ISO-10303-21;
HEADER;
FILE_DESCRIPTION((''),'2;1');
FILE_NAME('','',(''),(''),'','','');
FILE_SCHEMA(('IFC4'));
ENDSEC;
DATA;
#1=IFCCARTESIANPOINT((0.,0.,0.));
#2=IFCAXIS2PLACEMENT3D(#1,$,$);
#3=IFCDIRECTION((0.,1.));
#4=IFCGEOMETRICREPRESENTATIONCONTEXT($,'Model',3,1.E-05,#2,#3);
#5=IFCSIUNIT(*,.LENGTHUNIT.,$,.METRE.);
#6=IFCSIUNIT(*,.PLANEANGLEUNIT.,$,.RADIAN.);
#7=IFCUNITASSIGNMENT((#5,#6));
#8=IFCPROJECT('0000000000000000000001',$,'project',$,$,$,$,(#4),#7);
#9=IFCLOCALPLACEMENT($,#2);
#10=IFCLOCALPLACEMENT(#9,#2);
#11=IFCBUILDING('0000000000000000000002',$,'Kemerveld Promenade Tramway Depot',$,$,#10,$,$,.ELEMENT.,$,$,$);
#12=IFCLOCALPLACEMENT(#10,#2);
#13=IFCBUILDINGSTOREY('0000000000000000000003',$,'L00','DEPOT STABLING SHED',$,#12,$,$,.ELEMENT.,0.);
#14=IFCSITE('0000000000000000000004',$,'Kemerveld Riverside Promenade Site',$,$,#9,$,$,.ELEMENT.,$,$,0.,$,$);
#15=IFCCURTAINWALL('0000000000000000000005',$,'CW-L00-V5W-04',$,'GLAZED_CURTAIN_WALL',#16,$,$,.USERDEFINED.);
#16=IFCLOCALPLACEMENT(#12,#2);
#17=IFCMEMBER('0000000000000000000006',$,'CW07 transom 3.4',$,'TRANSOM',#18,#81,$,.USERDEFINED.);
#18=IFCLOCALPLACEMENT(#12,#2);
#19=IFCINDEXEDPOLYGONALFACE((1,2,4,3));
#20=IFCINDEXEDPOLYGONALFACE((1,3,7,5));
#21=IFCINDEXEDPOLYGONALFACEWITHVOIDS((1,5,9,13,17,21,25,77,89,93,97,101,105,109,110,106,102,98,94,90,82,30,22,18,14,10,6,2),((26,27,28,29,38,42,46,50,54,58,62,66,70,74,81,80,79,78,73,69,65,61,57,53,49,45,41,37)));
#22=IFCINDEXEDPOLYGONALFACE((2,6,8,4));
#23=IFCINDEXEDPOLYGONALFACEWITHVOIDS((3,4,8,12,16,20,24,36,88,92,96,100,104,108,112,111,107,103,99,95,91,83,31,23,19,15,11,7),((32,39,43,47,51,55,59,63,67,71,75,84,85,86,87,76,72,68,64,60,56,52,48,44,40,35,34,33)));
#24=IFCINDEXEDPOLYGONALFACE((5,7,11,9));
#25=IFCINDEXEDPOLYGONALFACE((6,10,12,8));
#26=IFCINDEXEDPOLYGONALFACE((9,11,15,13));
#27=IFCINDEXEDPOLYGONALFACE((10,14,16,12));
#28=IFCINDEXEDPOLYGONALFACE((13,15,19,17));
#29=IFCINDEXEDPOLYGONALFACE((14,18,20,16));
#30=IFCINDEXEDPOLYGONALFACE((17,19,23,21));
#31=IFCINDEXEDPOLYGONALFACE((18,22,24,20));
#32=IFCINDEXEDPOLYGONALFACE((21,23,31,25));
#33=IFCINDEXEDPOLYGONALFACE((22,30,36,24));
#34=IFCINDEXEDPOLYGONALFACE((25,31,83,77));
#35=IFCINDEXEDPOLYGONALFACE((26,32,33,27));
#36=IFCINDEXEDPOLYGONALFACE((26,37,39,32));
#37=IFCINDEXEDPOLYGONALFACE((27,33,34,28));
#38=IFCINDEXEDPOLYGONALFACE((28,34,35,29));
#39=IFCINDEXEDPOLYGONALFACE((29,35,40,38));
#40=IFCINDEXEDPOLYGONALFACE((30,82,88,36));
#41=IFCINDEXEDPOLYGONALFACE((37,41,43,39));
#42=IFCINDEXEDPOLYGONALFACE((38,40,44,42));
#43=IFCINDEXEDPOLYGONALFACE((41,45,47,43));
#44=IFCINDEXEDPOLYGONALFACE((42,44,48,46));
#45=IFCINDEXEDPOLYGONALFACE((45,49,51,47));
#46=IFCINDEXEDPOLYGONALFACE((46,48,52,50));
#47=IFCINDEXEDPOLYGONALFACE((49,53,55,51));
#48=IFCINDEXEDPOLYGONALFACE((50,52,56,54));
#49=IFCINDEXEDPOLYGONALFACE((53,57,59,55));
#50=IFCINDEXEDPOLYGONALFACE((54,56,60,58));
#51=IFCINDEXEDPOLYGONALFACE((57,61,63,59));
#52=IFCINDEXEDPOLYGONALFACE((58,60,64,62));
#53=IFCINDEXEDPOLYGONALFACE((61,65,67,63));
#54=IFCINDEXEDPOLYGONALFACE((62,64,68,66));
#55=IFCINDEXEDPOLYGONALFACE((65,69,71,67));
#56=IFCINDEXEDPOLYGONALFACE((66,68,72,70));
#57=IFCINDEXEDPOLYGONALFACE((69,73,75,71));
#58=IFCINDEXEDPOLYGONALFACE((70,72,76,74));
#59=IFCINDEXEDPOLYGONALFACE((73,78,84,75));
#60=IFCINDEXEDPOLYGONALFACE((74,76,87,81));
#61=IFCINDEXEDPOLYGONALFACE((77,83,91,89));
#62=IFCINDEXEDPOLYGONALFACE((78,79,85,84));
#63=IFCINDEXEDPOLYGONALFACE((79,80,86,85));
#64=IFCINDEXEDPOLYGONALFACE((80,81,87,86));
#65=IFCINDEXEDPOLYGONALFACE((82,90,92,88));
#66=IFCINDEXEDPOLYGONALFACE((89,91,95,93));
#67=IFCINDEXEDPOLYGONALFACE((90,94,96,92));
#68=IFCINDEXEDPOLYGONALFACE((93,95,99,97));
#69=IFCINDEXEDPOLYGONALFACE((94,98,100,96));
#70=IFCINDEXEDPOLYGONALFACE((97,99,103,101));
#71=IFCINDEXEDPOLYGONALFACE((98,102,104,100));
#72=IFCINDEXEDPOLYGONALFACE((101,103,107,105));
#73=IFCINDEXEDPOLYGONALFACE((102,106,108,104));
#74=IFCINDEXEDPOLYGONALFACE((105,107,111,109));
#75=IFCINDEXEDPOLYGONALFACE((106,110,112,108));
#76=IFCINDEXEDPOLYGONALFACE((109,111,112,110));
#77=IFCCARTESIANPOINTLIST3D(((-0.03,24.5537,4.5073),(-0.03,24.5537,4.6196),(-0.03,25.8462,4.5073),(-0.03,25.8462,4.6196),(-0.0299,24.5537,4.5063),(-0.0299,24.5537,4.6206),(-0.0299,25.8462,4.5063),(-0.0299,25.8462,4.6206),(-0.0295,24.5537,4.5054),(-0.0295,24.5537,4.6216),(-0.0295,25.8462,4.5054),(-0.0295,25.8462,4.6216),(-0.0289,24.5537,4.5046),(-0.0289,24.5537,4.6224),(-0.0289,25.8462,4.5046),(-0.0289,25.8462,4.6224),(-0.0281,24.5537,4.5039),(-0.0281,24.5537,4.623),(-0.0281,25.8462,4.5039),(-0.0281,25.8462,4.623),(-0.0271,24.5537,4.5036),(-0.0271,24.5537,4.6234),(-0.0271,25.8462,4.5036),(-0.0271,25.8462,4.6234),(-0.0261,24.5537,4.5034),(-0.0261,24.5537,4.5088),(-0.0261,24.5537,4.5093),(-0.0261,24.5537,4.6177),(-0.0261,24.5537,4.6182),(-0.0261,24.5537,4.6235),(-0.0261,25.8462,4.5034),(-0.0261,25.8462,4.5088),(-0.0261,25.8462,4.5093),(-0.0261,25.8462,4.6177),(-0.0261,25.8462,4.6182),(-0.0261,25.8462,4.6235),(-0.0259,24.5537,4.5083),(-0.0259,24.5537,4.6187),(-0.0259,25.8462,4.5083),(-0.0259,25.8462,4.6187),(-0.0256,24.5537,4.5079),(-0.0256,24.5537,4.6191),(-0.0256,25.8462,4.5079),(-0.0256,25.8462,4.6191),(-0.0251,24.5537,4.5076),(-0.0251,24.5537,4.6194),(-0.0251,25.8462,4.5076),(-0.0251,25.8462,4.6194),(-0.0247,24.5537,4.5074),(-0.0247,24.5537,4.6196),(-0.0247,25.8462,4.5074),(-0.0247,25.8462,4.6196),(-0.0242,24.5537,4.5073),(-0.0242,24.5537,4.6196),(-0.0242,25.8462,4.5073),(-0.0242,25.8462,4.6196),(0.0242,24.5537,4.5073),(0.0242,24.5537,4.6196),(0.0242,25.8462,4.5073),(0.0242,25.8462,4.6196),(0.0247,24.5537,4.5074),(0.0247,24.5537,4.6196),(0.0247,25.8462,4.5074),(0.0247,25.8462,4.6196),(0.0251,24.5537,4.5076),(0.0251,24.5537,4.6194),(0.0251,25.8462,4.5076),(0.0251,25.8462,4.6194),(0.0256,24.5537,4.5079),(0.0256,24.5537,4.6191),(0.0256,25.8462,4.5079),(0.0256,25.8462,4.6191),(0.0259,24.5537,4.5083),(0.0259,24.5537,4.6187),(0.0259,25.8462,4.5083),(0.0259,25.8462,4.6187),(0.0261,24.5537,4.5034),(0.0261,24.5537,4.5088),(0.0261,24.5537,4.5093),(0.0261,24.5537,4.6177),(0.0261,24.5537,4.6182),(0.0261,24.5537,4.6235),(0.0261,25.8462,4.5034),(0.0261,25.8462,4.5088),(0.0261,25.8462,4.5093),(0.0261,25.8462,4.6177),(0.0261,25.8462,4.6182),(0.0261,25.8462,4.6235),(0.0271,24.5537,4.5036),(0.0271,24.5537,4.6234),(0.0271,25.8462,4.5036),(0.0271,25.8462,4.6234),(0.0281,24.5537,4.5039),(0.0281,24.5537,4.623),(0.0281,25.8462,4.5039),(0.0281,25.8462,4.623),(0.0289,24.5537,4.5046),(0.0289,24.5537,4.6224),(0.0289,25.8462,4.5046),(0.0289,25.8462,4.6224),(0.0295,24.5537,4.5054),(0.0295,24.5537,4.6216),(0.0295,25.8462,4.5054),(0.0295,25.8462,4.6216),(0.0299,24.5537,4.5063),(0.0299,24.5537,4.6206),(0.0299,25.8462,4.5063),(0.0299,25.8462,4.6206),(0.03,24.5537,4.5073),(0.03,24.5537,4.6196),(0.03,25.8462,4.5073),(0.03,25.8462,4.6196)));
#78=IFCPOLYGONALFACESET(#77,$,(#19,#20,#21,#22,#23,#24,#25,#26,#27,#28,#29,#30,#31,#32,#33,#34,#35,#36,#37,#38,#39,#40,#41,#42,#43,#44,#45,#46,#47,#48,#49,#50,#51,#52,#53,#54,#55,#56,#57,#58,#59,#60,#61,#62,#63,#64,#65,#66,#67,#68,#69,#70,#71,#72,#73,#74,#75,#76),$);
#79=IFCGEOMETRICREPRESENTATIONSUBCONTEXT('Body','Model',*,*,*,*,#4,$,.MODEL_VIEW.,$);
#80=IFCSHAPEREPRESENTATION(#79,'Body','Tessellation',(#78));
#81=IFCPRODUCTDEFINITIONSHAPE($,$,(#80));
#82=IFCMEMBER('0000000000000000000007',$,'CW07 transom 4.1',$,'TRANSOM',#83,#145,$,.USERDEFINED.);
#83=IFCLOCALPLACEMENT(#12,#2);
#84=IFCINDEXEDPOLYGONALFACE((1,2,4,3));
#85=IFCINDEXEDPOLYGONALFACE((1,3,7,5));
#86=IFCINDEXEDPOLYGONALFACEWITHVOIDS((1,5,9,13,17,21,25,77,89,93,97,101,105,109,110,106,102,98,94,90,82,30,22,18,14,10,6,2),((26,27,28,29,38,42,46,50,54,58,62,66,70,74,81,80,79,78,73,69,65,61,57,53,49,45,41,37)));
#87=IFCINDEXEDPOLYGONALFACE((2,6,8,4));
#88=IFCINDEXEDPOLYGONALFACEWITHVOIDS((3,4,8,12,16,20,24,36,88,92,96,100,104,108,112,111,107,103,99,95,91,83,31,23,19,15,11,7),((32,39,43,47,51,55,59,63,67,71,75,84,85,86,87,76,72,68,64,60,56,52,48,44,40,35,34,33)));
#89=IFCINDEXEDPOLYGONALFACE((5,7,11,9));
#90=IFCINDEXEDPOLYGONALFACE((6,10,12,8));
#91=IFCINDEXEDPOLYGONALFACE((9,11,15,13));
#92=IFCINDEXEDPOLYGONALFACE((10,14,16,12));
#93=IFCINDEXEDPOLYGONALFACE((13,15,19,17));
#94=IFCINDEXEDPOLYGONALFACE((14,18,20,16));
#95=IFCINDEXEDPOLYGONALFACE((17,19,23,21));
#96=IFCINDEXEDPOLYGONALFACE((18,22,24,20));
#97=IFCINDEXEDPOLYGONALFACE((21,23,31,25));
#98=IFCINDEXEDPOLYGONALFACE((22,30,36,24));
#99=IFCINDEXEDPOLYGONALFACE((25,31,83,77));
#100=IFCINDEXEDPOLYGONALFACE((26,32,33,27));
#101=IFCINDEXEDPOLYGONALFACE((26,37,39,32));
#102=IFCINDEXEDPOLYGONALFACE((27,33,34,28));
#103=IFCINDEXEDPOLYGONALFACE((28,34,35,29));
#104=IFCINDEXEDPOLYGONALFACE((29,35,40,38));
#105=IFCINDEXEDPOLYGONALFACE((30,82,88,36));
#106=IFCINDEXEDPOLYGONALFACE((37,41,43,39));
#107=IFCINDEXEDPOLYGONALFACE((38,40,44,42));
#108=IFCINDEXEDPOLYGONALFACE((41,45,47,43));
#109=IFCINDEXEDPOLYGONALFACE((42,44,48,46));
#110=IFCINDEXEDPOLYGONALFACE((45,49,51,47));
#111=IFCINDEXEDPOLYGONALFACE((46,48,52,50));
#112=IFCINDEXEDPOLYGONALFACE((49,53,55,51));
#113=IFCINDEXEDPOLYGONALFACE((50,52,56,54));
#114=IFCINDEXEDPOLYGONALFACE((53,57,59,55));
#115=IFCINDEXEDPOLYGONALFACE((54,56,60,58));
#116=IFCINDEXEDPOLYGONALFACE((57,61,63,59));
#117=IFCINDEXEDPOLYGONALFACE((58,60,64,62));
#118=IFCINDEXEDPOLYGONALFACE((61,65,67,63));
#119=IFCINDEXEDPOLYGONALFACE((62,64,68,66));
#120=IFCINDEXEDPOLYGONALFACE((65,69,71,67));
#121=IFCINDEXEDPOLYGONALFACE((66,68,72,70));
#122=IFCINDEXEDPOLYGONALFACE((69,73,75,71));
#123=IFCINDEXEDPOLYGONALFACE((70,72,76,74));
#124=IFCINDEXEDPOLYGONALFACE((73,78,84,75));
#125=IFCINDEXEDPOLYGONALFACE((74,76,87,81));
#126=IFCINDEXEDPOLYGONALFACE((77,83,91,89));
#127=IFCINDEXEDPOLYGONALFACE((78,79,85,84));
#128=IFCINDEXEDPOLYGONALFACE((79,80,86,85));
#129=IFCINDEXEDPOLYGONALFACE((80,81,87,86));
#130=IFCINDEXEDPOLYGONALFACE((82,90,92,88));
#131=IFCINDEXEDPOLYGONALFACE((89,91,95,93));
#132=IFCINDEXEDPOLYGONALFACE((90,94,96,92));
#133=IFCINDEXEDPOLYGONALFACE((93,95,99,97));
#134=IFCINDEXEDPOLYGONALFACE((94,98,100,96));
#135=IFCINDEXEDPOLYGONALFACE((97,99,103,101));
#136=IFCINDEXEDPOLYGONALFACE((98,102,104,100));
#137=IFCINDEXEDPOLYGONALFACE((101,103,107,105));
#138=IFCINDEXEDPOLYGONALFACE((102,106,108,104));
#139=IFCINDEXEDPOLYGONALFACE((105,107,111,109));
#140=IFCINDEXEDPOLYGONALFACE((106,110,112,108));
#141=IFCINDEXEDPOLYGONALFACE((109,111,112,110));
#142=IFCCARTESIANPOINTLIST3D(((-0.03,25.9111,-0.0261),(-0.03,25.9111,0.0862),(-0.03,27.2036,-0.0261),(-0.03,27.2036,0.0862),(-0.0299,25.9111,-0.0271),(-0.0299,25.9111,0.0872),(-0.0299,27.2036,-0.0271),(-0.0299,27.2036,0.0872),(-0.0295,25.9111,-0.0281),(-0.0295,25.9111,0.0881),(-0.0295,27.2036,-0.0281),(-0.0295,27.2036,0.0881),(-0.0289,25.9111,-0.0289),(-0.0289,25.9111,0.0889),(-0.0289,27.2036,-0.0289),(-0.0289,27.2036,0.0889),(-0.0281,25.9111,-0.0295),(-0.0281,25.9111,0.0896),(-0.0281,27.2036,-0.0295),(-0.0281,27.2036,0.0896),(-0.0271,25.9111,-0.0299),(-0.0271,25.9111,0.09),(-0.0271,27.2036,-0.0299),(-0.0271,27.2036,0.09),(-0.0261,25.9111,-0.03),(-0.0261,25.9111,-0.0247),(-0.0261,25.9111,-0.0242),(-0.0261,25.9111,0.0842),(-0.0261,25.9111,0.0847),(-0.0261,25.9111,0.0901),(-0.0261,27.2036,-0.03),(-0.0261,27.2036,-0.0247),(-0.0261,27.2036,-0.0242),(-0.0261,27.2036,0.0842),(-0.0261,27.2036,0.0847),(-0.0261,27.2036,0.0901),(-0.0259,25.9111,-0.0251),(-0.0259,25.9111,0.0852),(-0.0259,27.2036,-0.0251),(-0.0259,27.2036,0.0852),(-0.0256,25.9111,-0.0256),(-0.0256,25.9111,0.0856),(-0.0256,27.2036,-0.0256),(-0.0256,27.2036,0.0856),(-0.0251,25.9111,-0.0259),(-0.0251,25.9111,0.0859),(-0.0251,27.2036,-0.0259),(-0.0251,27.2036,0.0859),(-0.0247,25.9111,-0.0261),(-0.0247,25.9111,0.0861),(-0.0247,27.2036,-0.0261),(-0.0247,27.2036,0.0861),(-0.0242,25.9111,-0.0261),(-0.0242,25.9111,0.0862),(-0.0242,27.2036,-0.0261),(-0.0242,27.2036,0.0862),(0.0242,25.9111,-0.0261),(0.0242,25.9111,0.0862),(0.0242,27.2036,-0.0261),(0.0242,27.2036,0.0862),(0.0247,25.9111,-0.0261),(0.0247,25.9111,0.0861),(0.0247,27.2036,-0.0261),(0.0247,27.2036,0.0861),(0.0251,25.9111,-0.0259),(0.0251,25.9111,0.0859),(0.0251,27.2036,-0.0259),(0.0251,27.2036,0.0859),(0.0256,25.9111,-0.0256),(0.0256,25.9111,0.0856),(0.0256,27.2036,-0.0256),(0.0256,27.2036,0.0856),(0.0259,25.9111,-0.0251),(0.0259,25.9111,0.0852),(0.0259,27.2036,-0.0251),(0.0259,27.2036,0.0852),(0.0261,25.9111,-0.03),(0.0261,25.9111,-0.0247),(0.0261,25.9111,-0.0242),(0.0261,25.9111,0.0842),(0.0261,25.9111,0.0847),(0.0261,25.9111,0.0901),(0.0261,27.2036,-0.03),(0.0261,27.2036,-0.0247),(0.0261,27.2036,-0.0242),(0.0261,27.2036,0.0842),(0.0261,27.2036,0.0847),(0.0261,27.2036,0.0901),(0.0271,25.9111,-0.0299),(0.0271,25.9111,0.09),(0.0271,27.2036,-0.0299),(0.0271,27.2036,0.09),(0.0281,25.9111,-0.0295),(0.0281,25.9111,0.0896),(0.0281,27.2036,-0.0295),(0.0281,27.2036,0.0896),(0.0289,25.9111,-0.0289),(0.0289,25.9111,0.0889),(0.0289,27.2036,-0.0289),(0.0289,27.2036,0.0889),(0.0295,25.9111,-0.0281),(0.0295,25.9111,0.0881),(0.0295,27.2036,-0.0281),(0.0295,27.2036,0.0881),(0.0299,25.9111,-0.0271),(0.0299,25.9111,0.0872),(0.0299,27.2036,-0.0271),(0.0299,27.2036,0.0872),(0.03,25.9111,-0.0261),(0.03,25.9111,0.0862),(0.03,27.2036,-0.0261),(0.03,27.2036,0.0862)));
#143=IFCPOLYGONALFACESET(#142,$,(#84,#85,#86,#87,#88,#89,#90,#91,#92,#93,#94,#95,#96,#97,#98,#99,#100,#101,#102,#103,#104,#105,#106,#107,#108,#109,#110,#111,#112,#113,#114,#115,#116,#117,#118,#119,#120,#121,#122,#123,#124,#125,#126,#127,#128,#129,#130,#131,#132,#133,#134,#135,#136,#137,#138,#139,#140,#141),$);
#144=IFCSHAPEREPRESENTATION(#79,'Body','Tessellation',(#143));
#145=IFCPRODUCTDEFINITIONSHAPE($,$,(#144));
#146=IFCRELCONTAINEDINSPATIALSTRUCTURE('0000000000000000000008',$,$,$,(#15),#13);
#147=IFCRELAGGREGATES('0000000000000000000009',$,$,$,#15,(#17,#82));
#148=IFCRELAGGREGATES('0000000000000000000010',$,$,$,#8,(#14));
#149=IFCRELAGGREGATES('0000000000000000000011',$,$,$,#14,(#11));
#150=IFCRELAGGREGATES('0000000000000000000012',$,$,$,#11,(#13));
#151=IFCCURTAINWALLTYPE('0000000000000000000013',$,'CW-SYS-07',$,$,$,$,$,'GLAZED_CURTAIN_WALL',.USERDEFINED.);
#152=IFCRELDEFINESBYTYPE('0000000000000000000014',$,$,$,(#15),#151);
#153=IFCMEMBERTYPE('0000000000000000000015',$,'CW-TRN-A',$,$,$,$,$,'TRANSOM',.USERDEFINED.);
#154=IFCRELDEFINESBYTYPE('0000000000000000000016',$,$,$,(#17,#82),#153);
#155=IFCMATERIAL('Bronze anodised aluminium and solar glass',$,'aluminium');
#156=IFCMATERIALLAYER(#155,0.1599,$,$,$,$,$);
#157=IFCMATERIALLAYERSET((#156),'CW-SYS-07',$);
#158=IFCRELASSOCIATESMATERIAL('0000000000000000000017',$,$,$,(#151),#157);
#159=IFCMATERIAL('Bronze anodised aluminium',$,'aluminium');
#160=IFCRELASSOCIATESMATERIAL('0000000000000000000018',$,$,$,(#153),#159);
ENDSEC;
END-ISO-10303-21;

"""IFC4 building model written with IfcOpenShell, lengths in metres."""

from ifc_helpers import new_model, si_unit, direction, frame, origin, origin_2d, place, context, subcontext, project, spatial, hollow_rectangle, extrude, material, layer, layer_set, material_profile, profile_set, type_object, element, aggregate, save


model = new_model("IFC4")

# Units and contexts
model_context = context("Model", 3, precision=1e-05, world=origin(), true_north=direction((0.0, 1.0)))
body_context = subcontext(model_context, "Body", "Model", "MODEL_VIEW")
ifc_project = project(units=[si_unit("LENGTHUNIT", "METRE"), si_unit("PLANEANGLEUNIT", "RADIAN")], contexts=[model_context])

# Site, building, storey
site_placement = place(None, origin())
site = spatial("IfcSite", under=ifc_project, at=site_placement, Name="Kemerveld Riverside Promenade Site", CompositionType="ELEMENT", RefElevation=0.0)
building_placement = place(site_placement, origin())
building = spatial("IfcBuilding", under=site, at=building_placement, Name="Kemerveld Promenade Tramway Depot", CompositionType="ELEMENT")
storey_placement = place(building_placement, origin())
storey = spatial("IfcBuildingStorey", under=building, at=storey_placement, Name="L00", Description="DEPOT STABLING SHED", CompositionType="ELEMENT", Elevation=0.0)

# Curtain wall, members
ifc_material_1 = material(Name="Bronze anodised aluminium and solar glass", Category="aluminium")
ifc_layer_1 = layer(ifc_material_1, 0.1599)
ifc_layer_set_1 = layer_set([ifc_layer_1], Name="CW-SYS-07")
curtain_wall_type = type_object("IfcCurtainWallType", Name="CW-SYS-07", ElementType="GLAZED_CURTAIN_WALL", PredefinedType="USERDEFINED", material=ifc_layer_set_1)
curtain_wall_placement = place(storey_placement, origin())
curtain_wall = element("IfcCurtainWall", 1, at=curtain_wall_placement, inside=storey, type_object=curtain_wall_type, Name="CW-L00-V5W-04", ObjectType="GLAZED_CURTAIN_WALL", PredefinedType="USERDEFINED")
ifc_material_2 = material(Name="Bronze anodised aluminium", Category="aluminium")
ifc_material_profile_1 = material_profile(ifc_material_2, hollow_rectangle(XDim=0.0601, YDim=0.1201, WallThickness=0.0039, InnerFilletRadius=0.002, OuterFilletRadius=0.0039, at=origin_2d()), Name="CW-TRN-120x60")
ifc_profile_set_1 = profile_set([ifc_material_profile_1], Name="Bronze anodised aluminium")
member_type_1 = type_object("IfcMemberType", Name="CW-TRN-A", ElementType="TRANSOM", PredefinedType="USERDEFINED", material=ifc_profile_set_1)
member_1_placement = place(storey_placement, frame((0.0, 24.5537, 4.5635), z_axis=(0.0, 1.0, 0.0), x_axis=(-1.0, 0.0, 0.0)))
member_1 = element("IfcMember", 2, at=member_1_placement, type_object=member_type_1, Name="CW07 transom 3.4", ObjectType="TRANSOM", PredefinedType="USERDEFINED", context=body_context, shape_type="SweptSolid", body=[
    extrude(hollow_rectangle(XDim=0.0601, YDim=0.1201, WallThickness=0.0039, InnerFilletRadius=0.002, OuterFilletRadius=0.0039, at=origin_2d()), origin(), (0.0, 0.0, 1.0), 1.2925),
])
member_2_placement = place(storey_placement, frame((0.0, 25.9111, 0.03), z_axis=(0.0, 1.0, 0.0), x_axis=(-1.0, 0.0, 0.0)))
member_2 = element("IfcMember", 3, at=member_2_placement, type_object=member_type_1, Name="CW07 transom 4.1", ObjectType="TRANSOM", PredefinedType="USERDEFINED", context=body_context, shape_type="SweptSolid", body=[
    extrude(hollow_rectangle(XDim=0.0601, YDim=0.1201, WallThickness=0.0039, InnerFilletRadius=0.002, OuterFilletRadius=0.0039, at=origin_2d()), origin(), (0.0, 0.0, 1.0), 1.2925),
])
aggregate(curtain_wall, [member_1, member_2])

save(model, "model.ifc")
